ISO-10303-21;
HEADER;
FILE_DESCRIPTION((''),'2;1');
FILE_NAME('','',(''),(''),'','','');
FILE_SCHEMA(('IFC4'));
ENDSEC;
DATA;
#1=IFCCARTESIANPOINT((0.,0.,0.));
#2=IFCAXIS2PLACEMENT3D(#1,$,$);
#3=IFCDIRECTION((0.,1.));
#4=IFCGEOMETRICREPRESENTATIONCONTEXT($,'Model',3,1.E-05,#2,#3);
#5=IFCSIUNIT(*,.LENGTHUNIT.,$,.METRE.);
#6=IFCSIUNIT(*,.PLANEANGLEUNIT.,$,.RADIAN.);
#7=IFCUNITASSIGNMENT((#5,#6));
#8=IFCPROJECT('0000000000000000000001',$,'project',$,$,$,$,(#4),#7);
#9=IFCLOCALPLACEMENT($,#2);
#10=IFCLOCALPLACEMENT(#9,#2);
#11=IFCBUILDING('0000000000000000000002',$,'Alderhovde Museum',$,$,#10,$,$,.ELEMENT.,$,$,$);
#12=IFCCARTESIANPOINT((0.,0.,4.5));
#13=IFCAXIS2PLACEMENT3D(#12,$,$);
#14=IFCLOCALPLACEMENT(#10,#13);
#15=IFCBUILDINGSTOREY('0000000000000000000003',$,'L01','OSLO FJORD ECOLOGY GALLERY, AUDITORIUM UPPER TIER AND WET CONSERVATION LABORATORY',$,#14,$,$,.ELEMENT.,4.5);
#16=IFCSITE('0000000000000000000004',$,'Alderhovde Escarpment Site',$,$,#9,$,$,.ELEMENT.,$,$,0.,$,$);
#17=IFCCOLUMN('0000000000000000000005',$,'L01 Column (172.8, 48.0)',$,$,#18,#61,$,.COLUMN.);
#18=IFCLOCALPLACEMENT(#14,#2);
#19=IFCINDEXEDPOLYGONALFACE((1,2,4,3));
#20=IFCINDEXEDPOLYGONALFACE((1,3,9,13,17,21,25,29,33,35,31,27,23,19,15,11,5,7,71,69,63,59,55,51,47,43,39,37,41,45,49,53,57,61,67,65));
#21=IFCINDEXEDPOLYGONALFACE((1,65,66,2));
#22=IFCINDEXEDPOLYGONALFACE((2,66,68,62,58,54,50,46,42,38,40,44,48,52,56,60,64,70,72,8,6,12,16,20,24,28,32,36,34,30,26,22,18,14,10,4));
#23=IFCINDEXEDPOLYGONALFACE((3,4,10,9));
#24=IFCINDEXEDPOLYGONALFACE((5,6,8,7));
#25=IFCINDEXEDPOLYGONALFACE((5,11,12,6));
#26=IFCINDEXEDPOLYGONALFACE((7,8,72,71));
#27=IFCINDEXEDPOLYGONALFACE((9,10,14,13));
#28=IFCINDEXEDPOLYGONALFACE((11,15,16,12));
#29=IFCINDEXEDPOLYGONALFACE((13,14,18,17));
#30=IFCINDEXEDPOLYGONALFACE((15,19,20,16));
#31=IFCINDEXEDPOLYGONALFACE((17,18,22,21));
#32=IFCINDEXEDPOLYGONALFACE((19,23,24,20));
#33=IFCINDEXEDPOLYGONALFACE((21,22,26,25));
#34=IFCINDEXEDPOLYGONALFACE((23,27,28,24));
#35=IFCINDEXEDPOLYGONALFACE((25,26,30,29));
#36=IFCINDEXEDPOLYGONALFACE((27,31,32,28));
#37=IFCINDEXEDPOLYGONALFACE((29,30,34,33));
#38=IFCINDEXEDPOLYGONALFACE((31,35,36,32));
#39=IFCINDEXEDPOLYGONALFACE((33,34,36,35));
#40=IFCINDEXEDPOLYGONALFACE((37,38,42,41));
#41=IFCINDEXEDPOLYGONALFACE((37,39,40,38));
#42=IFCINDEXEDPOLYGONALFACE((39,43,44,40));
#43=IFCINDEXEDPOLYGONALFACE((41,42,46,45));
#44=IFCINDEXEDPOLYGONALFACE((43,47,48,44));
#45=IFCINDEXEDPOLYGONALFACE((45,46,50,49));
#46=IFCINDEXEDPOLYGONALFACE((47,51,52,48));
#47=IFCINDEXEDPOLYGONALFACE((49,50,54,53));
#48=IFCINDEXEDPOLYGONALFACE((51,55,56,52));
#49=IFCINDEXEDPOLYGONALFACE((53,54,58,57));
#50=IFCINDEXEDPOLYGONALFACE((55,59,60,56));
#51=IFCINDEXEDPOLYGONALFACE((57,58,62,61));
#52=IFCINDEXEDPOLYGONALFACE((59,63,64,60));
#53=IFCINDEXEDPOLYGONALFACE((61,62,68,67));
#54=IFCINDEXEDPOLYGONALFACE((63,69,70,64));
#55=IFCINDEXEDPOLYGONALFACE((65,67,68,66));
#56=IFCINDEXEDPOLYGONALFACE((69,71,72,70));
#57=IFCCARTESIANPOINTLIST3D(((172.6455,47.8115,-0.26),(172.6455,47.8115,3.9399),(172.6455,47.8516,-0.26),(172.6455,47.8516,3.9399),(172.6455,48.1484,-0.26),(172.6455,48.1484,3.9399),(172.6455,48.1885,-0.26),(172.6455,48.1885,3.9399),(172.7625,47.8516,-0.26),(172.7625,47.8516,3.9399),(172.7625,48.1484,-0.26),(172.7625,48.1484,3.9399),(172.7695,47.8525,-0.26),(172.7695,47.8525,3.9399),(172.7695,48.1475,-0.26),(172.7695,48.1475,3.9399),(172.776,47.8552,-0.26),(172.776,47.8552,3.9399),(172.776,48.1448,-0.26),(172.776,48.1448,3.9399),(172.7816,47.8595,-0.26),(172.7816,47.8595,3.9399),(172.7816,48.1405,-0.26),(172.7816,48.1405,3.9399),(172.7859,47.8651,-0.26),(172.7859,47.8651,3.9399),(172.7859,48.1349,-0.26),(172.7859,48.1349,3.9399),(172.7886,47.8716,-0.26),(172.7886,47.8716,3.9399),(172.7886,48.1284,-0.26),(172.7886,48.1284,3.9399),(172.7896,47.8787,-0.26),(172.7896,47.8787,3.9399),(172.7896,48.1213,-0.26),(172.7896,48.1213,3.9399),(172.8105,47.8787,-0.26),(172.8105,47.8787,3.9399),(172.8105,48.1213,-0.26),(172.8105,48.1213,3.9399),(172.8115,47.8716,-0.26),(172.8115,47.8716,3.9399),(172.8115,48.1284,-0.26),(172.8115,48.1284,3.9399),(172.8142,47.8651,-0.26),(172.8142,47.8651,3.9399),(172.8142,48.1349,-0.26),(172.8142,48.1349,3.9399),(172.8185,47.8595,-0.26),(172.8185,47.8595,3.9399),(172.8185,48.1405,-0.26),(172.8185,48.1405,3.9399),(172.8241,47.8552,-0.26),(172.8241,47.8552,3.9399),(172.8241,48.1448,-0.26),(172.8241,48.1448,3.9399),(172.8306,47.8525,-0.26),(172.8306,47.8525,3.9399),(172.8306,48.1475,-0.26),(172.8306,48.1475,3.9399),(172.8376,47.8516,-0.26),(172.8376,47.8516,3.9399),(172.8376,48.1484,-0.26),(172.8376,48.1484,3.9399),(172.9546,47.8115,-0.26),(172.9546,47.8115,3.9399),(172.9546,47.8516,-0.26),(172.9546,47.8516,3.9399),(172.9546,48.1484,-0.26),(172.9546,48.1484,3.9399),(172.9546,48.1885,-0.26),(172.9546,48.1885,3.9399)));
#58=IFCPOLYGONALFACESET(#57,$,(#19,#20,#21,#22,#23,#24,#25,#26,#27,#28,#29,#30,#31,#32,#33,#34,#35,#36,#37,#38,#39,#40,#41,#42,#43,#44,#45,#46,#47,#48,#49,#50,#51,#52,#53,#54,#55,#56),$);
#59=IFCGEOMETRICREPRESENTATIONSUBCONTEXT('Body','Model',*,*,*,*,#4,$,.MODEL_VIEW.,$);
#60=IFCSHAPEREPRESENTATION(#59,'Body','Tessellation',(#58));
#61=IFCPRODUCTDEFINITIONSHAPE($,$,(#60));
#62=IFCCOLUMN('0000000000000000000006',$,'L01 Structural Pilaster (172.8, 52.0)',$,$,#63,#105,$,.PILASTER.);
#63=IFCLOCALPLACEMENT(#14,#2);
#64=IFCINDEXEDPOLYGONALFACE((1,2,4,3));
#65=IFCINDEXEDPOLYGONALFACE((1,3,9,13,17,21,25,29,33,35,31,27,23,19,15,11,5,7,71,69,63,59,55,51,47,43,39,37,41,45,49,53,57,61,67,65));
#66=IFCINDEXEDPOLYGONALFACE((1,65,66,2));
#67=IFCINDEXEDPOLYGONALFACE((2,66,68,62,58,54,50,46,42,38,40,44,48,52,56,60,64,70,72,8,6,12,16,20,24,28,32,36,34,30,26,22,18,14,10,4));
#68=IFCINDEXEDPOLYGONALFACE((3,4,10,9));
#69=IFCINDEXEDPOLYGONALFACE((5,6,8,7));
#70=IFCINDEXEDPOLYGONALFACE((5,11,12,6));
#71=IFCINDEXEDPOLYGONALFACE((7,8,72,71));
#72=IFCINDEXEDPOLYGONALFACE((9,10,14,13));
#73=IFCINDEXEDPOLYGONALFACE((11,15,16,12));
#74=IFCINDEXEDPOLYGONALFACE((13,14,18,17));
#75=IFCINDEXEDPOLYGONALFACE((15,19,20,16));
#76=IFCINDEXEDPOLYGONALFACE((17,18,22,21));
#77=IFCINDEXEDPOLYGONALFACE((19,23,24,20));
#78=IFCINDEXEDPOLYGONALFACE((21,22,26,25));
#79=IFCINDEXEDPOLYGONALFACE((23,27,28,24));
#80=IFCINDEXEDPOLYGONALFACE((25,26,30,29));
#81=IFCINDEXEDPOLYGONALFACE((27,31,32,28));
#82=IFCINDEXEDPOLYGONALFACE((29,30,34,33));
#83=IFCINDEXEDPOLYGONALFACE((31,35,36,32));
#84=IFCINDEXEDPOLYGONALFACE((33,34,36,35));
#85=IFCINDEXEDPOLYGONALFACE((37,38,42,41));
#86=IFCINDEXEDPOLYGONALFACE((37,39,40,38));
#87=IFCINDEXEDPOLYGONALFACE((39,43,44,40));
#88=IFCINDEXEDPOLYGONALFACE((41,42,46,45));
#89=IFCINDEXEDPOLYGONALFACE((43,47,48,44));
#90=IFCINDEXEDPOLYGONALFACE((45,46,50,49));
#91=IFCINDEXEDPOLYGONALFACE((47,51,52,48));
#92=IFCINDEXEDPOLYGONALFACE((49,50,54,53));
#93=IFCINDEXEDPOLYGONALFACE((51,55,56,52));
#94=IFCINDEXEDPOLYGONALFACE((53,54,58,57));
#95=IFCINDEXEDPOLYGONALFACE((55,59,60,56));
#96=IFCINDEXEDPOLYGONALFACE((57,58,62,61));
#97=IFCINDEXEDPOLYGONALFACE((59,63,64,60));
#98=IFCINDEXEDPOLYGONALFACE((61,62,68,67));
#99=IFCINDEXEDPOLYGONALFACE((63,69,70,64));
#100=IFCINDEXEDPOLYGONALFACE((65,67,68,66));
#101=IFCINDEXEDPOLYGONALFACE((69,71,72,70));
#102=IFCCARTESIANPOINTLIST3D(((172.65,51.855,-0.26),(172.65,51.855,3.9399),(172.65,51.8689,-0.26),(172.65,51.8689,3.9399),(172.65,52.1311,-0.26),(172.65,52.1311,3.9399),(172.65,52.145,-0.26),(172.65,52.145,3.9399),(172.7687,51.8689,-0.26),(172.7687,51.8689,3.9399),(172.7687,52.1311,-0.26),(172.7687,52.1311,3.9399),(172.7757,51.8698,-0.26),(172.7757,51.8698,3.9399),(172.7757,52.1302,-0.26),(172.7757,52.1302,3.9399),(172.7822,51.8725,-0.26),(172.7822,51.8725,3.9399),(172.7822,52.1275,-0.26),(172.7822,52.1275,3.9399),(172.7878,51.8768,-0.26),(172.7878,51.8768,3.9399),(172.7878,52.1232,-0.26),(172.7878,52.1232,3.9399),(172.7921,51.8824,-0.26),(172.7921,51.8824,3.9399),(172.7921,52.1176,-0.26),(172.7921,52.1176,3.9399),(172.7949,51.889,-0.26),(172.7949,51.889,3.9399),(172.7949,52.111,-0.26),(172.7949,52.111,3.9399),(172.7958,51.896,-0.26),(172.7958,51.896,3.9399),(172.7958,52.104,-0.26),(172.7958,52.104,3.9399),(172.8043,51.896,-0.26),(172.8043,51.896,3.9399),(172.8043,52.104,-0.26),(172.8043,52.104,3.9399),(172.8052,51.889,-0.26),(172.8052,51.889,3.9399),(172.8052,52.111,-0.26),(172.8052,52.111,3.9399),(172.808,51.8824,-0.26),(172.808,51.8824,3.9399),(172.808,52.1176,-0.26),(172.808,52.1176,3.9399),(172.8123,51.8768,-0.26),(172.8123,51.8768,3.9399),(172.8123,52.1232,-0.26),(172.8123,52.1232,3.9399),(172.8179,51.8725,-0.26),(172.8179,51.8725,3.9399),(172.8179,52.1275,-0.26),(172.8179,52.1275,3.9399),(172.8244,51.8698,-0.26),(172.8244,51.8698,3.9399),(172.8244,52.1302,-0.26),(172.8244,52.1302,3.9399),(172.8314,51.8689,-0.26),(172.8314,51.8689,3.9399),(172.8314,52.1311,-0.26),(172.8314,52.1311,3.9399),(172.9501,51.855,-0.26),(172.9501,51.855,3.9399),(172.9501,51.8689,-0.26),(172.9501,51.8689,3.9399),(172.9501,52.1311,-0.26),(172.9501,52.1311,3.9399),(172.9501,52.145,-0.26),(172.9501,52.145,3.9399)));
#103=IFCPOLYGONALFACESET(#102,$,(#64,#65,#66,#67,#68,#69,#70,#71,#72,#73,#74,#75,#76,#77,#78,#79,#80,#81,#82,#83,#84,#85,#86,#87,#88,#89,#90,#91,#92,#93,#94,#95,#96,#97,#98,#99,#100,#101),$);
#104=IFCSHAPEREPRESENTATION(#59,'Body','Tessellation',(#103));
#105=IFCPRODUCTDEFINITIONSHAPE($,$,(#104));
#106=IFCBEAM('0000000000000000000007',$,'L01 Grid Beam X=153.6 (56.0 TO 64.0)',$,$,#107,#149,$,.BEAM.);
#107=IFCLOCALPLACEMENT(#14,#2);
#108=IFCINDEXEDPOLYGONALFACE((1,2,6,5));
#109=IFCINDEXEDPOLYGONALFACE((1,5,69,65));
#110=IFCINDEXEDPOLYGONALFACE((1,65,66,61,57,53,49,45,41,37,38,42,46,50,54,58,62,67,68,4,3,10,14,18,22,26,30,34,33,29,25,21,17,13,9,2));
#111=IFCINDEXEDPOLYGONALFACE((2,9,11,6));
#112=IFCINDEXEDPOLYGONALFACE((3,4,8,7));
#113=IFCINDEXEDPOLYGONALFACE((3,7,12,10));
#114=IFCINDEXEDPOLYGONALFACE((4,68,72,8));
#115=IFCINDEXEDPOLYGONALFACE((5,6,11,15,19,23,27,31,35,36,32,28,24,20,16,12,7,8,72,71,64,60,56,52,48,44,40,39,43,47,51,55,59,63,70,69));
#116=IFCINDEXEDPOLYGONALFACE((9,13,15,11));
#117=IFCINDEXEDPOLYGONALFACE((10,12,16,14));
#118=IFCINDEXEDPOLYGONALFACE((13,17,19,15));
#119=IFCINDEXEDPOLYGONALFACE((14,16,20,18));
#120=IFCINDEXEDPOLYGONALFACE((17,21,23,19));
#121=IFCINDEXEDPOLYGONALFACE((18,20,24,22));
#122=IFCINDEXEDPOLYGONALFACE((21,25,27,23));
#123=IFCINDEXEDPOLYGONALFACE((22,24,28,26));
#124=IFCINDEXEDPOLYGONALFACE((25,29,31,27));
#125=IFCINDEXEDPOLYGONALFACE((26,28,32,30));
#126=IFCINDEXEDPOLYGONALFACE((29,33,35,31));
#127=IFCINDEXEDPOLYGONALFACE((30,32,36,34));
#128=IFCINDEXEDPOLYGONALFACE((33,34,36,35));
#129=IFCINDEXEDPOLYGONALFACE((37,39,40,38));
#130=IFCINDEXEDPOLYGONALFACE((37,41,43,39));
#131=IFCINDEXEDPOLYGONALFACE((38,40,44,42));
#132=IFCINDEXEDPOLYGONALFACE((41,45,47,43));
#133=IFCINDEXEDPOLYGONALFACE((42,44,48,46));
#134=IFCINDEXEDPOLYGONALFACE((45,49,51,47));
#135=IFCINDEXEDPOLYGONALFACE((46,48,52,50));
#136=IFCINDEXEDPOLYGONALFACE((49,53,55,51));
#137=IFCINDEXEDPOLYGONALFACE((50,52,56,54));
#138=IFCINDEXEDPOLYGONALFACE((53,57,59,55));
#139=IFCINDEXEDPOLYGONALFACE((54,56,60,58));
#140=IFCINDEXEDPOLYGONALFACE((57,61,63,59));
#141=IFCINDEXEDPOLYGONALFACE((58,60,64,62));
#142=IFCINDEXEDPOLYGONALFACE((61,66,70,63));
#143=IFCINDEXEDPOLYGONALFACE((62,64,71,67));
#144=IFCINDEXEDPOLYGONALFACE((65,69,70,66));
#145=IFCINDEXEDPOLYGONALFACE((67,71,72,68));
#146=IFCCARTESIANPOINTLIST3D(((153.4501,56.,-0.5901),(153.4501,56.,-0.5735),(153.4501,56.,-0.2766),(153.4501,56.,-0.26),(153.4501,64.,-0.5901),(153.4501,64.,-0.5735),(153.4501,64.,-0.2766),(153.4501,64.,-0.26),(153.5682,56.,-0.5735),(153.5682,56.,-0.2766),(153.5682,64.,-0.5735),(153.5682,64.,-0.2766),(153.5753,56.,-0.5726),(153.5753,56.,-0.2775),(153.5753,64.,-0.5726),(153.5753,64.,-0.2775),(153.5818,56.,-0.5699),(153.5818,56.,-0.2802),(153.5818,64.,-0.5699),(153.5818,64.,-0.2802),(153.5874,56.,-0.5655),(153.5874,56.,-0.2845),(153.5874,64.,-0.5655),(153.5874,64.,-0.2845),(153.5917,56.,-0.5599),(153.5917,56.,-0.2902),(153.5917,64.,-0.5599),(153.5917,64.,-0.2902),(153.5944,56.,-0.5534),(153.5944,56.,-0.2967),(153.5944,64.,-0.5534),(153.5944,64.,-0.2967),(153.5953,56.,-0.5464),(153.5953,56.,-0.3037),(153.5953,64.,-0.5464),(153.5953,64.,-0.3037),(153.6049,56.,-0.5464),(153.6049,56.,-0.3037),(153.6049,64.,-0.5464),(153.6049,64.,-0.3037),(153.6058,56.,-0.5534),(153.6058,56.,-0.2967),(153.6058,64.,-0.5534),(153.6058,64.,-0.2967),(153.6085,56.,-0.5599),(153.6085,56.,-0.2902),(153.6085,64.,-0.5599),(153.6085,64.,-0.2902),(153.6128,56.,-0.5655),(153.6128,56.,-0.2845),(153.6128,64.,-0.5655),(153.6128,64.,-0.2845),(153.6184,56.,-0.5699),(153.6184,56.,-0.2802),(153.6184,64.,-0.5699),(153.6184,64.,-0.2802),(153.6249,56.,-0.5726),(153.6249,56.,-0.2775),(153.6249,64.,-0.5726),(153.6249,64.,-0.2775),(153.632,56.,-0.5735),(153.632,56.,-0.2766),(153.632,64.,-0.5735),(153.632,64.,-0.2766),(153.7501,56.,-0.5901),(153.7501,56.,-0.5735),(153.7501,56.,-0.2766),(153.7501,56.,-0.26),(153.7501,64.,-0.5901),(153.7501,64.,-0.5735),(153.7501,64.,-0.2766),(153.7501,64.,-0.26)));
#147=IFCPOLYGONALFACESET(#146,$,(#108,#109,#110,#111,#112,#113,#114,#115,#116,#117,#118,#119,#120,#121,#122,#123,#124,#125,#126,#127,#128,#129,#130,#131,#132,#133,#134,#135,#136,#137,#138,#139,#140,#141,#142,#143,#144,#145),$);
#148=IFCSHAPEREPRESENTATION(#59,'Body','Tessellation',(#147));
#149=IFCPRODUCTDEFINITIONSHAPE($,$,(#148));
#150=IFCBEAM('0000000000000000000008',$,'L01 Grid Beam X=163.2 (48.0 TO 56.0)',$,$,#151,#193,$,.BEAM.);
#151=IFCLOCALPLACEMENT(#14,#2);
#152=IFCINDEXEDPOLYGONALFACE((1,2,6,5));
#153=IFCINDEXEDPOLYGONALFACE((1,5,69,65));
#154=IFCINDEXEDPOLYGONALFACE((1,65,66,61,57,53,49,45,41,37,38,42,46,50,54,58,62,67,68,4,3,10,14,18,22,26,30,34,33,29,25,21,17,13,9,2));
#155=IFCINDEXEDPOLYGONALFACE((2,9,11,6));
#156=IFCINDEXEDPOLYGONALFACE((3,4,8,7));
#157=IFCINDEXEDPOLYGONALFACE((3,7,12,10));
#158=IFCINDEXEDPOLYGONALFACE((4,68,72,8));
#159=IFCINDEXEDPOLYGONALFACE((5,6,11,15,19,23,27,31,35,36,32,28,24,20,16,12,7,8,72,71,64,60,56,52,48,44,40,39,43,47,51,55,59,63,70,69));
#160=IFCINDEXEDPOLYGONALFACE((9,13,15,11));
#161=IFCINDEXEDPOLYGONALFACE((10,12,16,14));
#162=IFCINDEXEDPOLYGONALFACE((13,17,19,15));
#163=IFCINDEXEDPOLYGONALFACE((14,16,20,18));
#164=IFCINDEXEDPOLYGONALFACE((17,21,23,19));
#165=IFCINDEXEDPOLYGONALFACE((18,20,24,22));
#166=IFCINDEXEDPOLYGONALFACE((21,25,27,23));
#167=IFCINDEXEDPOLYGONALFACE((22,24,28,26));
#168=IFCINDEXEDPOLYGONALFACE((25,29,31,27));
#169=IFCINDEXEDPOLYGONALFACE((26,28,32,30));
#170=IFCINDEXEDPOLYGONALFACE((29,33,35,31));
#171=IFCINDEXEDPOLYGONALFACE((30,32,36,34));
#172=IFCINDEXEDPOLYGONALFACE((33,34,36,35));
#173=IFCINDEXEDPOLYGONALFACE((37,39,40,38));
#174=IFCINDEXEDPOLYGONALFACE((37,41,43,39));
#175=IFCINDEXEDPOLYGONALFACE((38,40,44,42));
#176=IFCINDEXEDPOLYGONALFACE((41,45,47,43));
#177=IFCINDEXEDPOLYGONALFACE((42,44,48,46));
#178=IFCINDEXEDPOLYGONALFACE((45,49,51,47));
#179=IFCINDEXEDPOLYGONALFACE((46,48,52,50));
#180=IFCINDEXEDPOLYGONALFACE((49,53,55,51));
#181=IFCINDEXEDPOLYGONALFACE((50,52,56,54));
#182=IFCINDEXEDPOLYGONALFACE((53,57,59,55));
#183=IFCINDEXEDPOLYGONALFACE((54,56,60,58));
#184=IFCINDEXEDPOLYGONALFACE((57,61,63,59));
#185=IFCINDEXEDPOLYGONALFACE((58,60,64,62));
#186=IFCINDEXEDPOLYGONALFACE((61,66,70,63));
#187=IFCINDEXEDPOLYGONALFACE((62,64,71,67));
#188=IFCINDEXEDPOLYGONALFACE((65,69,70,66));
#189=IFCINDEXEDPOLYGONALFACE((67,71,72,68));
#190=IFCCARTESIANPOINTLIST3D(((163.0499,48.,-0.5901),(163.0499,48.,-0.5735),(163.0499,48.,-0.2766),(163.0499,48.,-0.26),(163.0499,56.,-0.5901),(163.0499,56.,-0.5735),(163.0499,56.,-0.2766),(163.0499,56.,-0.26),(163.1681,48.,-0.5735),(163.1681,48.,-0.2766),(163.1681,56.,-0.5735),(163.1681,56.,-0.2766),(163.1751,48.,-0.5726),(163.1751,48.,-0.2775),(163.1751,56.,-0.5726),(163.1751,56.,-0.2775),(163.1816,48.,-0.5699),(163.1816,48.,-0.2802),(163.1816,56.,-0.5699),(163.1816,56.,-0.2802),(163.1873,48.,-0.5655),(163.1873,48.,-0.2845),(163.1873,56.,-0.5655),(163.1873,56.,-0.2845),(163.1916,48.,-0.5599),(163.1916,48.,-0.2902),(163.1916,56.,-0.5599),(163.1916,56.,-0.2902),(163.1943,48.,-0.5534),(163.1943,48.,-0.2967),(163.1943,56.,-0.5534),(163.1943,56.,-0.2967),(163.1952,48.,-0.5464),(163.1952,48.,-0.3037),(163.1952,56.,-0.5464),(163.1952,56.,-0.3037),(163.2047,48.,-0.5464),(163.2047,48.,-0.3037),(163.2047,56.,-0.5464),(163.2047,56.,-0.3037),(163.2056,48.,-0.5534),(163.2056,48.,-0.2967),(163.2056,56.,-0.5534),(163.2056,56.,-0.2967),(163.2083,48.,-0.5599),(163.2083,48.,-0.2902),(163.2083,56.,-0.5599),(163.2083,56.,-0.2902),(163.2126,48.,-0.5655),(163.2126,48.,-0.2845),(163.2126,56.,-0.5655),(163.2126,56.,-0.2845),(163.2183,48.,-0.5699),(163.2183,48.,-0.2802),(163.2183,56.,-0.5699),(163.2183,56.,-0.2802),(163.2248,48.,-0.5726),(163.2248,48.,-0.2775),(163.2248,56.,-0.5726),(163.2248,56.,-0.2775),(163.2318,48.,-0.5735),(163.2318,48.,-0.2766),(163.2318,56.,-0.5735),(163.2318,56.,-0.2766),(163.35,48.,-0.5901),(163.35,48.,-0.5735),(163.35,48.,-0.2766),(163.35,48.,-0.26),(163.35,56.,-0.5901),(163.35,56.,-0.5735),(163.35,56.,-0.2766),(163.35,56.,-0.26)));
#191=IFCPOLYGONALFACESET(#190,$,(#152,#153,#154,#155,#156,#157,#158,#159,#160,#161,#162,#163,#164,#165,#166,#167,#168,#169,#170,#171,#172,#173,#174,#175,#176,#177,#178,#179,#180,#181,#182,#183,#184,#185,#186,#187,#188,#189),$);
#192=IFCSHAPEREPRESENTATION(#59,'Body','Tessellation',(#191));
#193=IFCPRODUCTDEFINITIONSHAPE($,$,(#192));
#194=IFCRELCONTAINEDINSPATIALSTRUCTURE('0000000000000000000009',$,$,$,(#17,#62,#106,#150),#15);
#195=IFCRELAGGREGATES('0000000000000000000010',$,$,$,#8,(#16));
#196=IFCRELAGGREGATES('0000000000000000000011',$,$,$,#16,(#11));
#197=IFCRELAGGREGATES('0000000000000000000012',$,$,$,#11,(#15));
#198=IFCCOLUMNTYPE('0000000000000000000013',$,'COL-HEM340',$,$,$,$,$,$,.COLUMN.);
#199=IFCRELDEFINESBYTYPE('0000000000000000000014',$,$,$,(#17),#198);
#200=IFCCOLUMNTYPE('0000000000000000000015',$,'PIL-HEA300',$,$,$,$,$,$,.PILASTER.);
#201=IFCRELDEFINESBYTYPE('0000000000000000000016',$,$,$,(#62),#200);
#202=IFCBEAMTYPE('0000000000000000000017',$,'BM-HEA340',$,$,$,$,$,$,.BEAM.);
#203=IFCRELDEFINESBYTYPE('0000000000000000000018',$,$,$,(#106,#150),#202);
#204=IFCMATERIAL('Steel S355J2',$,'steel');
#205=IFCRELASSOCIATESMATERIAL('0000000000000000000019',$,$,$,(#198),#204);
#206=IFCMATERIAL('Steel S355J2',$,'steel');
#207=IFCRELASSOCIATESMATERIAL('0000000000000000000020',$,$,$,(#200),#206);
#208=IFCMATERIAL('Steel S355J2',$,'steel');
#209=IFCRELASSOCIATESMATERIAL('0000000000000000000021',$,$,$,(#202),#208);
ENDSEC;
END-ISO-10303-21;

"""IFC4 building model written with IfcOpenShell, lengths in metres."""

from ifc_helpers import new_model, si_unit, direction, frame, origin, origin_2d, place, context, subcontext, project, spatial, i_section, extrude, material, material_profile, profile_set, type_object, element, save


model = new_model("IFC4")

# Units and contexts
model_context = context("Model", 3, precision=1e-05, world=origin(), true_north=direction((0.0, 1.0)))
body_context = subcontext(model_context, "Body", "Model", "MODEL_VIEW")
ifc_project = project(units=[si_unit("LENGTHUNIT", "METRE"), si_unit("PLANEANGLEUNIT", "RADIAN")], contexts=[model_context])

# Site, building, storey
site_placement = place(None, origin())
site = spatial("IfcSite", under=ifc_project, at=site_placement, Name="Alderhovde Escarpment Site", CompositionType="ELEMENT", RefElevation=0.0)
building_placement = place(site_placement, origin())
building = spatial("IfcBuilding", under=site, at=building_placement, Name="Alderhovde Museum", CompositionType="ELEMENT")
storey_placement = place(building_placement, frame((0.0, 0.0, 4.5)))
storey = spatial("IfcBuildingStorey", under=building, at=storey_placement, Name="L01", Description="OSLO FJORD ECOLOGY GALLERY, AUDITORIUM UPPER TIER AND WET CONSERVATION LABORATORY", CompositionType="ELEMENT", Elevation=4.5)

# Columns
ifc_material_1 = material(Name="Steel S355J2", Category="steel")
ifc_material_profile_1 = material_profile(ifc_material_1, i_section(OverallWidth=0.3091, OverallDepth=0.377, WebThickness=0.021, FlangeThickness=0.04, FilletRadius=0.0271, at=origin_2d()), Name="HEM 340")
ifc_profile_set_1 = profile_set([ifc_material_profile_1], Name="Steel S355J2")
column_type_1 = type_object("IfcColumnType", Name="COL-HEM340", PredefinedType="COLUMN", material=ifc_profile_set_1)
for number, where, z_axis, x_axis, name in (
    (1, (172.8, 48.0, -0.26), (0.0, 0.0, 1.0), (1.0, 0.0, 0.0), "L01 Column (172.8, 48.0)"),
):
    element("IfcColumn", number, at=place(storey_placement, frame(where, z_axis=z_axis, x_axis=x_axis)), inside=storey, type_object=column_type_1, Name=name, PredefinedType="COLUMN", context=body_context, shape_type="SweptSolid", body=[
        extrude(i_section(OverallWidth=0.3091, OverallDepth=0.377, WebThickness=0.021, FlangeThickness=0.04, FilletRadius=0.0271, at=origin_2d()), origin(), (0.0, 0.0, 1.0), 4.2),
    ])
ifc_material_2 = material(Name="Steel S355J2", Category="steel")
ifc_material_profile_2 = material_profile(ifc_material_2, i_section(OverallWidth=0.3, OverallDepth=0.29, WebThickness=0.0085, FlangeThickness=0.0139, FilletRadius=0.0271, at=origin_2d()), Name="HEA 300")
ifc_profile_set_2 = profile_set([ifc_material_profile_2], Name="Steel S355J2")
column_type_2 = type_object("IfcColumnType", Name="PIL-HEA300", PredefinedType="PILASTER", material=ifc_profile_set_2)
column_placement = place(storey_placement, frame((172.8, 52.0, -0.26), z_axis=(0.0, 0.0, 1.0), x_axis=(1.0, 0.0, 0.0)))
element("IfcColumn", 2, at=column_placement, inside=storey, type_object=column_type_2, Name="L01 Structural Pilaster (172.8, 52.0)", PredefinedType="PILASTER", context=body_context, shape_type="SweptSolid", body=[
    extrude(i_section(OverallWidth=0.3, OverallDepth=0.29, WebThickness=0.0085, FlangeThickness=0.0139, FilletRadius=0.0271, at=origin_2d()), origin(), (0.0, 0.0, 1.0), 4.2),
])

# Beams
ifc_material_3 = material(Name="Steel S355J2", Category="steel")
ifc_material_profile_3 = material_profile(ifc_material_3, i_section(OverallWidth=0.3, OverallDepth=0.3301, WebThickness=0.0095, FlangeThickness=0.0166, FilletRadius=0.0271, at=origin_2d()), Name="HEA 340")
ifc_profile_set_3 = profile_set([ifc_material_profile_3], Name="Steel S355J2")
beam_type_1 = type_object("IfcBeamType", Name="BM-HEA340", PredefinedType="BEAM", material=ifc_profile_set_3)
for number, where, z_axis, x_axis, name in (
    (3, (153.6001, 56.0, -0.425), (0.0, 1.0, 0.0), (-1.0, 0.0, 0.0), "L01 Grid Beam X=153.6 (56.0 TO 64.0)"),
    (4, (163.2, 48.0, -0.425), (0.0, 1.0, 0.0), (-1.0, 0.0, 0.0), "L01 Grid Beam X=163.2 (48.0 TO 56.0)"),
):
    element("IfcBeam", number, at=place(storey_placement, frame(where, z_axis=z_axis, x_axis=x_axis)), inside=storey, type_object=beam_type_1, Name=name, PredefinedType="BEAM", context=body_context, shape_type="SweptSolid", body=[
        extrude(i_section(OverallWidth=0.3, OverallDepth=0.3301, WebThickness=0.0095, FlangeThickness=0.0166, FilletRadius=0.0271, at=origin_2d()), origin(), (0.0, 0.0, 1.0), 8.0),
    ])

save(model, "model.ifc")
